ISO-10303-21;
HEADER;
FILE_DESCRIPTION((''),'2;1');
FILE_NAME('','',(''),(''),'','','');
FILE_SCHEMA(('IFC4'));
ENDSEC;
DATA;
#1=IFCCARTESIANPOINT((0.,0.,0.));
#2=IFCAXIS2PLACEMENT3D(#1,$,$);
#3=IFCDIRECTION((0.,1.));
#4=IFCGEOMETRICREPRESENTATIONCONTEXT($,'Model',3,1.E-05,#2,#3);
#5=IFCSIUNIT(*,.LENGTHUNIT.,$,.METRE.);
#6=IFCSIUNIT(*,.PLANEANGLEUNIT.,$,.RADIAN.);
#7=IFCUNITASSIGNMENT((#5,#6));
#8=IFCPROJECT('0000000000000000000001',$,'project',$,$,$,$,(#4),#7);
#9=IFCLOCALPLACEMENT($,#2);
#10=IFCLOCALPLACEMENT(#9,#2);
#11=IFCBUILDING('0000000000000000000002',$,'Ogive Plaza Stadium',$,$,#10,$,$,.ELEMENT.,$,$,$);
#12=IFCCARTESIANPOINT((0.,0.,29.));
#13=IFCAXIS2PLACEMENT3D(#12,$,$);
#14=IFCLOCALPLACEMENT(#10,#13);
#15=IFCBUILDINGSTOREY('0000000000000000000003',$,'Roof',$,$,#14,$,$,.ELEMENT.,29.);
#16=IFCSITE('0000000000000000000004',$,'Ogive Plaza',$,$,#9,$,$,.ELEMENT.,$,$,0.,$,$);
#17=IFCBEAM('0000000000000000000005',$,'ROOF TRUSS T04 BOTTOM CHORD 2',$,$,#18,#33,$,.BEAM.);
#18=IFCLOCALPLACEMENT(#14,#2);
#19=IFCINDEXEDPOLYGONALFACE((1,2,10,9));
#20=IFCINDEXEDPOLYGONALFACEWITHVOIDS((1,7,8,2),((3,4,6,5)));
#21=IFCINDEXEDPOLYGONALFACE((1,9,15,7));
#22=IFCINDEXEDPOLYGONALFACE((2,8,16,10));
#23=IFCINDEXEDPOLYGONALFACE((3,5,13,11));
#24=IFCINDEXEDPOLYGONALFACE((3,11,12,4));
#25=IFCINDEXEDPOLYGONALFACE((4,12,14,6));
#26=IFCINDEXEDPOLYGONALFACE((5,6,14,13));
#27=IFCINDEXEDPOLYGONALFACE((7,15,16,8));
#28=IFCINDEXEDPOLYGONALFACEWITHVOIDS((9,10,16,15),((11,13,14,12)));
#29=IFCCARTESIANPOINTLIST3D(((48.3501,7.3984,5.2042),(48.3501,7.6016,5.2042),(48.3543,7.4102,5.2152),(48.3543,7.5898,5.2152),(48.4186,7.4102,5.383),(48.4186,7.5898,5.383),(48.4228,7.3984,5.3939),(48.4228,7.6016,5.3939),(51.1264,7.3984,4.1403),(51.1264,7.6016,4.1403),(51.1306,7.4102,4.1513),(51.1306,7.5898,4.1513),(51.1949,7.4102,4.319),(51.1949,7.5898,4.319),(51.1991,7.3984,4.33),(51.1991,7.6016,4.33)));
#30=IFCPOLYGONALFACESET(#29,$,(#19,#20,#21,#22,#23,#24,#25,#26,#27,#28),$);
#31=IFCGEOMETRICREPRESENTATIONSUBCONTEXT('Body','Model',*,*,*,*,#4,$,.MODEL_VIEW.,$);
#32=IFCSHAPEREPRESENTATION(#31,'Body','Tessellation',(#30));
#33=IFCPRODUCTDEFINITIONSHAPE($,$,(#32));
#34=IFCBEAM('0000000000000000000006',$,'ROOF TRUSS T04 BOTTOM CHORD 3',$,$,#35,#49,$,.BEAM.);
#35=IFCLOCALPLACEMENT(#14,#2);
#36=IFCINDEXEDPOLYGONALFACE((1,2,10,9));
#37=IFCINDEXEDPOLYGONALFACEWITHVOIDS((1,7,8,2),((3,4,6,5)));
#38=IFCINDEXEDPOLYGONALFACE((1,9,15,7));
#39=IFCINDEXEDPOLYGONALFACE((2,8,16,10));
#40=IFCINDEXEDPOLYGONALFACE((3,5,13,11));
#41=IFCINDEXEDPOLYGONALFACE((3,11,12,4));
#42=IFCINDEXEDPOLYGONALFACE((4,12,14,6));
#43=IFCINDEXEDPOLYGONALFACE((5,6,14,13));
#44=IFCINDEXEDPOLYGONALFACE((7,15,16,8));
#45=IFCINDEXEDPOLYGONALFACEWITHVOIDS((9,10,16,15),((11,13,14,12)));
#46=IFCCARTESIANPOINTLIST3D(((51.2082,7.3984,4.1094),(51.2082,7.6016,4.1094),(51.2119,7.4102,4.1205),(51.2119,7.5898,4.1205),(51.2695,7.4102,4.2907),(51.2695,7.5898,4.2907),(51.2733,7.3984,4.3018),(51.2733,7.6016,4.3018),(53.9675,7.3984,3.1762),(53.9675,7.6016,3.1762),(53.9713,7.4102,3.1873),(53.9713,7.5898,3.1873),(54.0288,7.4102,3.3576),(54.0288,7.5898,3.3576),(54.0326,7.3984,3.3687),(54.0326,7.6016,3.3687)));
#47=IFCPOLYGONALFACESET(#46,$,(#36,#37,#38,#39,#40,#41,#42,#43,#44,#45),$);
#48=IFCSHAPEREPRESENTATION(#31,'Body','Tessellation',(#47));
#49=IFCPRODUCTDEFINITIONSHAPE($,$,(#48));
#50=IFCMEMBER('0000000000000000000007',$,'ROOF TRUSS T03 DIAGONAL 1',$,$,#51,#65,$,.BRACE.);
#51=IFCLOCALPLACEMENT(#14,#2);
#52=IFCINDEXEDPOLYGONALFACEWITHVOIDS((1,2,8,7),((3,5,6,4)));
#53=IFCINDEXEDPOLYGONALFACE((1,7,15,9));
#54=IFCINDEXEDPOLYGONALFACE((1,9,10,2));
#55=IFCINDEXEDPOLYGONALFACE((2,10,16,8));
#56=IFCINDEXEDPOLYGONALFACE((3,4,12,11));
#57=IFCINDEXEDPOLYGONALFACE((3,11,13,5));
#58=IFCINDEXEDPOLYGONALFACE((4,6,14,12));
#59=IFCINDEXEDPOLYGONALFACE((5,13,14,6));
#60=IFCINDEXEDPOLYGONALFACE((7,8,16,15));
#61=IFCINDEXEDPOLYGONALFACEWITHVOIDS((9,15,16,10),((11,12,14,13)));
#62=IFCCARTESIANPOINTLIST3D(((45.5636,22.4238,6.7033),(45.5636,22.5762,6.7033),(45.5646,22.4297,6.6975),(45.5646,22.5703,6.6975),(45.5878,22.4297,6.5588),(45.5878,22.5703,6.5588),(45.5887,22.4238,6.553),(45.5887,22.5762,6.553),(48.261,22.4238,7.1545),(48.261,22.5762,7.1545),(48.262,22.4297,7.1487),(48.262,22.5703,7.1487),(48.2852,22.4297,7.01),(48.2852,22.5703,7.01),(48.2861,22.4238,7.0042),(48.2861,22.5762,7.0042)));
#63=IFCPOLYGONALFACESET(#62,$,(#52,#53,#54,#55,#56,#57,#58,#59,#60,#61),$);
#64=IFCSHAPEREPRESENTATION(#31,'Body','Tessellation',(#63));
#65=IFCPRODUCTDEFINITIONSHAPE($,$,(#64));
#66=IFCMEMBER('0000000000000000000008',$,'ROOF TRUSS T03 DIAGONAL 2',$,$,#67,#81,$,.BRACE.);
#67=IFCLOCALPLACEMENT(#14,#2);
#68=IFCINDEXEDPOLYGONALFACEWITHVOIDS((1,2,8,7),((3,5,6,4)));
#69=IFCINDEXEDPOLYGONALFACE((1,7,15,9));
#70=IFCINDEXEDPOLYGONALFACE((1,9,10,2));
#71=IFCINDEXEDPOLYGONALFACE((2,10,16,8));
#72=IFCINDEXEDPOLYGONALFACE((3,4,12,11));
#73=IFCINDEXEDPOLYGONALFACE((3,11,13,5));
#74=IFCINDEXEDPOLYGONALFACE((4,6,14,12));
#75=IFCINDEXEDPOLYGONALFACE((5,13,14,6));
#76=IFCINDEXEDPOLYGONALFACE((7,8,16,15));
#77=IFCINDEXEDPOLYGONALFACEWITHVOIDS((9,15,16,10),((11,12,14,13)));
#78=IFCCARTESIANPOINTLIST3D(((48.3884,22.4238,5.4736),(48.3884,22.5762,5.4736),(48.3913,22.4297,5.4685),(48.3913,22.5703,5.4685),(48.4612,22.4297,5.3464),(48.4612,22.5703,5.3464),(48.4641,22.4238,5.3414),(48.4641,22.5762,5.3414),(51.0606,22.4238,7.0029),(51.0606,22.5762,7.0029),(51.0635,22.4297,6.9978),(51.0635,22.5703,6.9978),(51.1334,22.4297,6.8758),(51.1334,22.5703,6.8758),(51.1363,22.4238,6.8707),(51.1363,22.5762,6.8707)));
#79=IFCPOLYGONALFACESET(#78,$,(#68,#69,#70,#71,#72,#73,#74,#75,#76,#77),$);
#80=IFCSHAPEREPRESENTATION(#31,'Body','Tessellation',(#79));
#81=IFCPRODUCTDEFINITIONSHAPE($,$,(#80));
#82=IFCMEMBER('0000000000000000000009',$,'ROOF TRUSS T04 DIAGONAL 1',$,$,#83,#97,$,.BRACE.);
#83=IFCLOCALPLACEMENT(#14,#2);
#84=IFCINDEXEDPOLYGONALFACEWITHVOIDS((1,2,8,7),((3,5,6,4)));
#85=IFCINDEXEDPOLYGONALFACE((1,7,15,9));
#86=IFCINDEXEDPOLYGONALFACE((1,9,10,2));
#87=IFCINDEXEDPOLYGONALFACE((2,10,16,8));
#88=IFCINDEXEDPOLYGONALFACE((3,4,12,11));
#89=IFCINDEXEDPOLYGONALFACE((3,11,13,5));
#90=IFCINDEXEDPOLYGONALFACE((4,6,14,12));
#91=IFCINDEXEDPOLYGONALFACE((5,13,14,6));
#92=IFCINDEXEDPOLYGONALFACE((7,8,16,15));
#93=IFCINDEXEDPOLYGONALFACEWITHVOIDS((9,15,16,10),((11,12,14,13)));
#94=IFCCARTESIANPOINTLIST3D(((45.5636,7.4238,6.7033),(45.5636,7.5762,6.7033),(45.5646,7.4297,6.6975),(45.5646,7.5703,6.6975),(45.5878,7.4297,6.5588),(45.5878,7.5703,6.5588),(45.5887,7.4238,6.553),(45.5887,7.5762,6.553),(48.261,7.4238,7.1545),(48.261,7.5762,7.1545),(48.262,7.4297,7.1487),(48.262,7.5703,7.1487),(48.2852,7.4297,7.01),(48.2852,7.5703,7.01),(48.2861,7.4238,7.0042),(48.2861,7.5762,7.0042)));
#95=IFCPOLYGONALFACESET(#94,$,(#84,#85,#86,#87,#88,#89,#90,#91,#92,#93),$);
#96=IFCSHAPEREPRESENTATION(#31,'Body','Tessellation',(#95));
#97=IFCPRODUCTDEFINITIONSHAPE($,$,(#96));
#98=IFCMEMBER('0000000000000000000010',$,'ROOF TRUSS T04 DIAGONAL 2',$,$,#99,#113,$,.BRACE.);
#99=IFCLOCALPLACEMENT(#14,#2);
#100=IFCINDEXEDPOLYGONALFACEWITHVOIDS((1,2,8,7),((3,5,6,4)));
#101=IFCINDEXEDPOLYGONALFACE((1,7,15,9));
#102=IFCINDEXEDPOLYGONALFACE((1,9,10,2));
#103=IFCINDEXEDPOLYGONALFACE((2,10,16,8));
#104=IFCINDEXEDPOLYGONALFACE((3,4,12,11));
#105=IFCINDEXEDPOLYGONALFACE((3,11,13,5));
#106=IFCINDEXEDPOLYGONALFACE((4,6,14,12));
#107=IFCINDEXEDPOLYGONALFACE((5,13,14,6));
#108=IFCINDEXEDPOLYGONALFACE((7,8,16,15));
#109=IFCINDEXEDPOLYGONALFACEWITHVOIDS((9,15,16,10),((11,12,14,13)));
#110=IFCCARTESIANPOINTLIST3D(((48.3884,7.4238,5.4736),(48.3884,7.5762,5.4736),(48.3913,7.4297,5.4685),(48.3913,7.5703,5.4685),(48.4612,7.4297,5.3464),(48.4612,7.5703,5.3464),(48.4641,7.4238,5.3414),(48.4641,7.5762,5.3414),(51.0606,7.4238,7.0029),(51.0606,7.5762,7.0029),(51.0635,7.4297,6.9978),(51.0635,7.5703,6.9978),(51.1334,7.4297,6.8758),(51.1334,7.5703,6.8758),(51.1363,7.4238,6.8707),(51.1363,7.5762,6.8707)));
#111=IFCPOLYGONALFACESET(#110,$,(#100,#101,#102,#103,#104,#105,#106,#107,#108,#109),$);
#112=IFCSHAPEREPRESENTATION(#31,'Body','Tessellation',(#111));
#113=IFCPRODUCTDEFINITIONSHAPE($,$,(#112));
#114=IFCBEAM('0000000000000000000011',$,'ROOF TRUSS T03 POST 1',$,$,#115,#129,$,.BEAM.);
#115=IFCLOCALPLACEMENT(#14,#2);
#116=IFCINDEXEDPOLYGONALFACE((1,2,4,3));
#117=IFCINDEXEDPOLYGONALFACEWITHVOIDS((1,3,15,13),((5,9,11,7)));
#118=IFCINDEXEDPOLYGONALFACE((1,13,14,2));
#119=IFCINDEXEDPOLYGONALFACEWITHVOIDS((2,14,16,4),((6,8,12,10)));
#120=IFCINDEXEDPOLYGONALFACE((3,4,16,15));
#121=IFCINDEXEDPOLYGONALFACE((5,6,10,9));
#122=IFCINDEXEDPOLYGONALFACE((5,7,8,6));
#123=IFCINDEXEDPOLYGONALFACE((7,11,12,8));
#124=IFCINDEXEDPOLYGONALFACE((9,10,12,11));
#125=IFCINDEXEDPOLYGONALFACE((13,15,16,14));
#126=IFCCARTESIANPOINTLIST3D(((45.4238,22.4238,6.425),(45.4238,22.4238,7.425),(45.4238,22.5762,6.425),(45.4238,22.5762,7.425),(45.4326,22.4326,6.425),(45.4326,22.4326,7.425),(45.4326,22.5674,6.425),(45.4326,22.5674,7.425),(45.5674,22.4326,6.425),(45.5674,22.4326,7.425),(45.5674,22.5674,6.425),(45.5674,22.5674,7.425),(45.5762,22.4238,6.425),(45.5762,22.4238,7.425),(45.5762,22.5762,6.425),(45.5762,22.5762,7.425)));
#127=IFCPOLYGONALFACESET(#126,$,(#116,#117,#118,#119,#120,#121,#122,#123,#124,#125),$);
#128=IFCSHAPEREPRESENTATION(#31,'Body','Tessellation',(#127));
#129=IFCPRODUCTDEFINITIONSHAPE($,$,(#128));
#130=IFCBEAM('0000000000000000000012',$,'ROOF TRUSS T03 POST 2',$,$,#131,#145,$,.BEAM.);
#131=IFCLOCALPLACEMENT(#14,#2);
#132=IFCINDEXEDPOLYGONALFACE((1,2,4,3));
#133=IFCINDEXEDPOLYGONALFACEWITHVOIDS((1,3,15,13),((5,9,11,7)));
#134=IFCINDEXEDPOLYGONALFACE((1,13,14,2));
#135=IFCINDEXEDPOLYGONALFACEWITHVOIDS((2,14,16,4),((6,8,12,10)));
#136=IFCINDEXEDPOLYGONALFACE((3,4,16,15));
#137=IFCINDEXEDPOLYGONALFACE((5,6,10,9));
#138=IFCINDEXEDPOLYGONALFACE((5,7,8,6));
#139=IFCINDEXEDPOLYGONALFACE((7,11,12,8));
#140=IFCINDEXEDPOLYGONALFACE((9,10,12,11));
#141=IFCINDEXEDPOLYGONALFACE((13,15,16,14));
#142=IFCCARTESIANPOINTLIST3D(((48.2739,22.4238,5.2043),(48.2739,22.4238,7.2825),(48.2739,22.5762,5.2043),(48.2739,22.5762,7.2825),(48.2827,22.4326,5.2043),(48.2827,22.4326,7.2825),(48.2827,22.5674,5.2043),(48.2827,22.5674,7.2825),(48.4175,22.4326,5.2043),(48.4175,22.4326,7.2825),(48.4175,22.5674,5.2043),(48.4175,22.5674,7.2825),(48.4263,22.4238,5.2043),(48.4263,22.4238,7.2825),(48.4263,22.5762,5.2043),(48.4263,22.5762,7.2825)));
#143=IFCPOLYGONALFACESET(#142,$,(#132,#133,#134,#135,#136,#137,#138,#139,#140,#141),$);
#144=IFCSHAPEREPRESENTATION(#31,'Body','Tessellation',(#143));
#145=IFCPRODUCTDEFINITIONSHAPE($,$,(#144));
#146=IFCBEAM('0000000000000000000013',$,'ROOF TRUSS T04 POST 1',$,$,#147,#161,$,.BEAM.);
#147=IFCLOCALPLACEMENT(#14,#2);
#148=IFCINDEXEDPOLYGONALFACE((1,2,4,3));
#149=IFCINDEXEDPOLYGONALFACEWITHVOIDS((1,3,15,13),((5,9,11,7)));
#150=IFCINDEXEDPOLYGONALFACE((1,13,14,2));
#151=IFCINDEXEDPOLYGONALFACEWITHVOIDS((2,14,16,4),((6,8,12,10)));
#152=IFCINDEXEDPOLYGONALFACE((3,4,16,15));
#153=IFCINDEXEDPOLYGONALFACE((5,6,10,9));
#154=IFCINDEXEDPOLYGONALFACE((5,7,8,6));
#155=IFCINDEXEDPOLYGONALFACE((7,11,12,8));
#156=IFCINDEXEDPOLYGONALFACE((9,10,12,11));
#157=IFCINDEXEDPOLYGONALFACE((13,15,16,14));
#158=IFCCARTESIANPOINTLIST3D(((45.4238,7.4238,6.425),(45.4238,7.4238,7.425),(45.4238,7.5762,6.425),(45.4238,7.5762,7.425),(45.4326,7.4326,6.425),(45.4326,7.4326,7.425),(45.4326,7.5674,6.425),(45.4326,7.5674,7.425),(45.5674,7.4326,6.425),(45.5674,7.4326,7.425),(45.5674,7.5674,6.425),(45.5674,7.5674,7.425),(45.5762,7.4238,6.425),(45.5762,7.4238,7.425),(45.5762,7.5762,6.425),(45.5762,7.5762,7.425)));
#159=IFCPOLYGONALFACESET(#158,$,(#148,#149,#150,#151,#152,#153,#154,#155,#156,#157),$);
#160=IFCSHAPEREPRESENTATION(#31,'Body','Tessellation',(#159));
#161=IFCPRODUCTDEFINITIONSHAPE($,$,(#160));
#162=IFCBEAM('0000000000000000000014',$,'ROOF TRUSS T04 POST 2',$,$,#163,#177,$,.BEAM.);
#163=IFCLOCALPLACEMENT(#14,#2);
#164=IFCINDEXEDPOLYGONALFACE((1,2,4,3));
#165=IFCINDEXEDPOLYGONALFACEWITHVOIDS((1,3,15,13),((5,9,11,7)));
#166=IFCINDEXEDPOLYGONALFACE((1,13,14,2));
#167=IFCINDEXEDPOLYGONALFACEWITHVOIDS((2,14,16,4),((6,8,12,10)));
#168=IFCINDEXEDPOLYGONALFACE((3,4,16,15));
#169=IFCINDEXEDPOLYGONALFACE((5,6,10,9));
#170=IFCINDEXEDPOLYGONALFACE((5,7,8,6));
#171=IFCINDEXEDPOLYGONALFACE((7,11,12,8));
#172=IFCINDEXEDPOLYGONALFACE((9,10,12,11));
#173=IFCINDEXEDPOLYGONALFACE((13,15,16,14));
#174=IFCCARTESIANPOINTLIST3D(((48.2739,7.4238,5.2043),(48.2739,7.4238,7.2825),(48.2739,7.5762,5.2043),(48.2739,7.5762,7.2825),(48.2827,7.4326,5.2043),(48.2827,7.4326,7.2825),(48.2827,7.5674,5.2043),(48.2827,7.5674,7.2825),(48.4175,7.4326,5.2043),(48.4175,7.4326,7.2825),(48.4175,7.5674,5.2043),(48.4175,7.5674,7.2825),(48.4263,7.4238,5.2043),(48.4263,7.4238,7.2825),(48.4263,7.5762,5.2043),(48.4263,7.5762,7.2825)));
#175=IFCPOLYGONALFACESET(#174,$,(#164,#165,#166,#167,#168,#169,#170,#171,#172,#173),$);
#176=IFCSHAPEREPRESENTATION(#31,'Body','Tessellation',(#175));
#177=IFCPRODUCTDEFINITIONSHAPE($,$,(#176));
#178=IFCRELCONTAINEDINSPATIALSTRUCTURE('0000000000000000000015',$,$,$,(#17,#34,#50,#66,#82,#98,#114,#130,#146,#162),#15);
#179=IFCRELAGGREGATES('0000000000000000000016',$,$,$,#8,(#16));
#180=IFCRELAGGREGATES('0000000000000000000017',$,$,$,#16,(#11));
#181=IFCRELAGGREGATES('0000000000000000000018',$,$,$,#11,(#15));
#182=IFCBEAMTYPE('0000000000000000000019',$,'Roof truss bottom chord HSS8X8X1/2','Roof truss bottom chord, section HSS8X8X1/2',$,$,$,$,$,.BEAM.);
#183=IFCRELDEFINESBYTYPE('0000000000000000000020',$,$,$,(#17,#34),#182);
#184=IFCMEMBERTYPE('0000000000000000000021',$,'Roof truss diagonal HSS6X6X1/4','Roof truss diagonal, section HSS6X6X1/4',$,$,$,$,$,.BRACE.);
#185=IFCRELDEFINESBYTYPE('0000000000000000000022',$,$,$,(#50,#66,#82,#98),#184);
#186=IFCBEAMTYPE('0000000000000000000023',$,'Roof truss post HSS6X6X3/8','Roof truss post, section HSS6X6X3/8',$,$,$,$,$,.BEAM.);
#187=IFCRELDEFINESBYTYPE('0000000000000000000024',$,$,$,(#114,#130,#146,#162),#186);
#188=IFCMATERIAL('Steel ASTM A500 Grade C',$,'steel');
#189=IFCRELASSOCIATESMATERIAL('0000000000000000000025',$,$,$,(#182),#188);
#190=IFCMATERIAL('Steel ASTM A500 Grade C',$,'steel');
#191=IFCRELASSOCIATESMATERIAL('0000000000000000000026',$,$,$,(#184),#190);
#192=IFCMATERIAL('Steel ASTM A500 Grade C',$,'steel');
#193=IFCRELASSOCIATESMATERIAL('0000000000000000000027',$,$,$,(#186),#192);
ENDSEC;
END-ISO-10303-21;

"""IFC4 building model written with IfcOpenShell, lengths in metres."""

from ifc_helpers import new_model, si_unit, direction, frame, origin, origin_2d, place, context, subcontext, project, spatial, hollow_rectangle, extrude, material, material_profile, profile_set, type_object, element, save


model = new_model("IFC4")

# Units and contexts
model_context = context("Model", 3, precision=1e-05, world=origin(), true_north=direction((0.0, 1.0)))
body_context = subcontext(model_context, "Body", "Model", "MODEL_VIEW")
ifc_project = project(units=[si_unit("LENGTHUNIT", "METRE"), si_unit("PLANEANGLEUNIT", "RADIAN")], contexts=[model_context])

# Site, building, storey
site_placement = place(None, origin())
site = spatial("IfcSite", under=ifc_project, at=site_placement, Name="Ogive Plaza", CompositionType="ELEMENT", RefElevation=0.0)
building_placement = place(site_placement, origin())
building = spatial("IfcBuilding", under=site, at=building_placement, Name="Ogive Plaza Stadium", CompositionType="ELEMENT")
storey_placement = place(building_placement, frame((0.0, 0.0, 29.0)))
storey = spatial("IfcBuildingStorey", under=building, at=storey_placement, Name="Roof", CompositionType="ELEMENT", Elevation=29.0)

# Beams
ifc_material_1 = material(Name="Steel ASTM A500 Grade C", Category="steel")
ifc_material_profile_1 = material_profile(ifc_material_1, hollow_rectangle(XDim=0.2031, YDim=0.2031, WallThickness=0.0117, at=origin_2d()), Name="HSS8X8X1/2")
ifc_profile_set_1 = profile_set([ifc_material_profile_1], Name="Steel ASTM A500 Grade C")
beam_type_1 = type_object("IfcBeamType", Name="Roof truss bottom chord HSS8X8X1/2", Description="Roof truss bottom chord, section HSS8X8X1/2", PredefinedType="BEAM", material=ifc_profile_set_1)
beam_1_placement = place(storey_placement, frame((48.3865, 7.5, 5.2991), z_axis=(0.933781, 0.0, -0.357845), x_axis=(0.0, 1.0, 0.0)))
element("IfcBeam", 1, at=beam_1_placement, inside=storey, type_object=beam_type_1, Name="ROOF TRUSS T04 BOTTOM CHORD 2", PredefinedType="BEAM", context=body_context, shape_type="SweptSolid", body=[
    extrude(hollow_rectangle(XDim=0.2031, YDim=0.2031, WallThickness=0.0117, at=origin_2d()), origin(), (0.0, 0.0, 1.0), 2.9731),
])
beam_2_placement = place(storey_placement, frame((51.2407, 7.5, 4.2056), z_axis=(0.9473, 0.0, -0.320349), x_axis=(0.0, 1.0, 0.0)))
element("IfcBeam", 2, at=beam_2_placement, inside=storey, type_object=beam_type_1, Name="ROOF TRUSS T04 BOTTOM CHORD 3", PredefinedType="BEAM", context=body_context, shape_type="SweptSolid", body=[
    extrude(hollow_rectangle(XDim=0.2031, YDim=0.2031, WallThickness=0.0117, at=origin_2d()), origin(), (0.0, 0.0, 1.0), 2.9128),
])

# Members
ifc_material_2 = material(Name="Steel ASTM A500 Grade C", Category="steel")
ifc_material_profile_2 = material_profile(ifc_material_2, hollow_rectangle(XDim=0.1523, YDim=0.1523, WallThickness=0.0059, at=origin_2d()), Name="HSS6X6X1/4")
ifc_profile_set_2 = profile_set([ifc_material_profile_2], Name="Steel ASTM A500 Grade C")
member_type_1 = type_object("IfcMemberType", Name="Roof truss diagonal HSS6X6X1/4", Description="Roof truss diagonal, section HSS6X6X1/4", PredefinedType="BRACE", material=ifc_profile_set_2)
member_1_placement = place(storey_placement, frame((45.5762, 22.5, 6.6282), z_axis=(0.9863, 0.0, 0.164964), x_axis=(0.0, 1.0, 0.0)))
element("IfcMember", 3, at=member_1_placement, inside=storey, type_object=member_type_1, Name="ROOF TRUSS T03 DIAGONAL 1", PredefinedType="BRACE", context=body_context, shape_type="SweptSolid", body=[
    extrude(hollow_rectangle(XDim=0.1523, YDim=0.1523, WallThickness=0.0059, at=origin_2d()), origin(), (0.0, 0.0, 1.0), 2.7349),
])
member_2_placement = place(storey_placement, frame((48.4263, 22.5, 5.4075), z_axis=(0.867911, 0.0, 0.49672), x_axis=(0.0, 1.0, 0.0)))
element("IfcMember", 4, at=member_2_placement, inside=storey, type_object=member_type_1, Name="ROOF TRUSS T03 DIAGONAL 2", PredefinedType="BRACE", context=body_context, shape_type="SweptSolid", body=[
    extrude(hollow_rectangle(XDim=0.1523, YDim=0.1523, WallThickness=0.0059, at=origin_2d()), origin(), (0.0, 0.0, 1.0), 3.0789),
])
member_3_placement = place(storey_placement, frame((45.5762, 7.5, 6.6282), z_axis=(0.9863, 0.0, 0.164964), x_axis=(0.0, 1.0, 0.0)))
element("IfcMember", 5, at=member_3_placement, inside=storey, type_object=member_type_1, Name="ROOF TRUSS T04 DIAGONAL 1", PredefinedType="BRACE", context=body_context, shape_type="SweptSolid", body=[
    extrude(hollow_rectangle(XDim=0.1523, YDim=0.1523, WallThickness=0.0059, at=origin_2d()), origin(), (0.0, 0.0, 1.0), 2.7349),
])
member_4_placement = place(storey_placement, frame((48.4263, 7.5, 5.4075), z_axis=(0.867911, 0.0, 0.49672), x_axis=(0.0, 1.0, 0.0)))
element("IfcMember", 6, at=member_4_placement, inside=storey, type_object=member_type_1, Name="ROOF TRUSS T04 DIAGONAL 2", PredefinedType="BRACE", context=body_context, shape_type="SweptSolid", body=[
    extrude(hollow_rectangle(XDim=0.1523, YDim=0.1523, WallThickness=0.0059, at=origin_2d()), origin(), (0.0, 0.0, 1.0), 3.0789),
])

# Beams
ifc_material_3 = material(Name="Steel ASTM A500 Grade C", Category="steel")
ifc_material_profile_3 = material_profile(ifc_material_3, hollow_rectangle(XDim=0.1523, YDim=0.1523, WallThickness=0.0088, at=origin_2d()), Name="HSS6X6X3/8")
ifc_profile_set_3 = profile_set([ifc_material_profile_3], Name="Steel ASTM A500 Grade C")
beam_type_2 = type_object("IfcBeamType", Name="Roof truss post HSS6X6X3/8", Description="Roof truss post, section HSS6X6X3/8", PredefinedType="BEAM", material=ifc_profile_set_3)
beam_3_placement = place(storey_placement, frame((45.5, 22.5, 6.425), z_axis=(0.0, 0.0, 1.0), x_axis=(0.0, 1.0, 0.0)))
element("IfcBeam", 7, at=beam_3_placement, inside=storey, type_object=beam_type_2, Name="ROOF TRUSS T03 POST 1", PredefinedType="BEAM", context=body_context, shape_type="SweptSolid", body=[
    extrude(hollow_rectangle(XDim=0.1523, YDim=0.1523, WallThickness=0.0088, at=origin_2d()), origin(), (0.0, 0.0, 1.0), 1.0),
])
beam_4_placement = place(storey_placement, frame((48.3501, 22.5, 5.2043), z_axis=(0.0, 0.0, 1.0), x_axis=(0.0, 1.0, 0.0)))
element("IfcBeam", 8, at=beam_4_placement, inside=storey, type_object=beam_type_2, Name="ROOF TRUSS T03 POST 2", PredefinedType="BEAM", context=body_context, shape_type="SweptSolid", body=[
    extrude(hollow_rectangle(XDim=0.1523, YDim=0.1523, WallThickness=0.0088, at=origin_2d()), origin(), (0.0, 0.0, 1.0), 2.0781),
])
beam_5_placement = place(storey_placement, frame((45.5, 7.5, 6.425), z_axis=(0.0, 0.0, 1.0), x_axis=(0.0, 1.0, 0.0)))
element("IfcBeam", 9, at=beam_5_placement, inside=storey, type_object=beam_type_2, Name="ROOF TRUSS T04 POST 1", PredefinedType="BEAM", context=body_context, shape_type="SweptSolid", body=[
    extrude(hollow_rectangle(XDim=0.1523, YDim=0.1523, WallThickness=0.0088, at=origin_2d()), origin(), (0.0, 0.0, 1.0), 1.0),
])
beam_6_placement = place(storey_placement, frame((48.3501, 7.5, 5.2043), z_axis=(0.0, 0.0, 1.0), x_axis=(0.0, 1.0, 0.0)))
element("IfcBeam", 10, at=beam_6_placement, inside=storey, type_object=beam_type_2, Name="ROOF TRUSS T04 POST 2", PredefinedType="BEAM", context=body_context, shape_type="SweptSolid", body=[
    extrude(hollow_rectangle(XDim=0.1523, YDim=0.1523, WallThickness=0.0088, at=origin_2d()), origin(), (0.0, 0.0, 1.0), 2.0781),
])

save(model, "model.ifc")
